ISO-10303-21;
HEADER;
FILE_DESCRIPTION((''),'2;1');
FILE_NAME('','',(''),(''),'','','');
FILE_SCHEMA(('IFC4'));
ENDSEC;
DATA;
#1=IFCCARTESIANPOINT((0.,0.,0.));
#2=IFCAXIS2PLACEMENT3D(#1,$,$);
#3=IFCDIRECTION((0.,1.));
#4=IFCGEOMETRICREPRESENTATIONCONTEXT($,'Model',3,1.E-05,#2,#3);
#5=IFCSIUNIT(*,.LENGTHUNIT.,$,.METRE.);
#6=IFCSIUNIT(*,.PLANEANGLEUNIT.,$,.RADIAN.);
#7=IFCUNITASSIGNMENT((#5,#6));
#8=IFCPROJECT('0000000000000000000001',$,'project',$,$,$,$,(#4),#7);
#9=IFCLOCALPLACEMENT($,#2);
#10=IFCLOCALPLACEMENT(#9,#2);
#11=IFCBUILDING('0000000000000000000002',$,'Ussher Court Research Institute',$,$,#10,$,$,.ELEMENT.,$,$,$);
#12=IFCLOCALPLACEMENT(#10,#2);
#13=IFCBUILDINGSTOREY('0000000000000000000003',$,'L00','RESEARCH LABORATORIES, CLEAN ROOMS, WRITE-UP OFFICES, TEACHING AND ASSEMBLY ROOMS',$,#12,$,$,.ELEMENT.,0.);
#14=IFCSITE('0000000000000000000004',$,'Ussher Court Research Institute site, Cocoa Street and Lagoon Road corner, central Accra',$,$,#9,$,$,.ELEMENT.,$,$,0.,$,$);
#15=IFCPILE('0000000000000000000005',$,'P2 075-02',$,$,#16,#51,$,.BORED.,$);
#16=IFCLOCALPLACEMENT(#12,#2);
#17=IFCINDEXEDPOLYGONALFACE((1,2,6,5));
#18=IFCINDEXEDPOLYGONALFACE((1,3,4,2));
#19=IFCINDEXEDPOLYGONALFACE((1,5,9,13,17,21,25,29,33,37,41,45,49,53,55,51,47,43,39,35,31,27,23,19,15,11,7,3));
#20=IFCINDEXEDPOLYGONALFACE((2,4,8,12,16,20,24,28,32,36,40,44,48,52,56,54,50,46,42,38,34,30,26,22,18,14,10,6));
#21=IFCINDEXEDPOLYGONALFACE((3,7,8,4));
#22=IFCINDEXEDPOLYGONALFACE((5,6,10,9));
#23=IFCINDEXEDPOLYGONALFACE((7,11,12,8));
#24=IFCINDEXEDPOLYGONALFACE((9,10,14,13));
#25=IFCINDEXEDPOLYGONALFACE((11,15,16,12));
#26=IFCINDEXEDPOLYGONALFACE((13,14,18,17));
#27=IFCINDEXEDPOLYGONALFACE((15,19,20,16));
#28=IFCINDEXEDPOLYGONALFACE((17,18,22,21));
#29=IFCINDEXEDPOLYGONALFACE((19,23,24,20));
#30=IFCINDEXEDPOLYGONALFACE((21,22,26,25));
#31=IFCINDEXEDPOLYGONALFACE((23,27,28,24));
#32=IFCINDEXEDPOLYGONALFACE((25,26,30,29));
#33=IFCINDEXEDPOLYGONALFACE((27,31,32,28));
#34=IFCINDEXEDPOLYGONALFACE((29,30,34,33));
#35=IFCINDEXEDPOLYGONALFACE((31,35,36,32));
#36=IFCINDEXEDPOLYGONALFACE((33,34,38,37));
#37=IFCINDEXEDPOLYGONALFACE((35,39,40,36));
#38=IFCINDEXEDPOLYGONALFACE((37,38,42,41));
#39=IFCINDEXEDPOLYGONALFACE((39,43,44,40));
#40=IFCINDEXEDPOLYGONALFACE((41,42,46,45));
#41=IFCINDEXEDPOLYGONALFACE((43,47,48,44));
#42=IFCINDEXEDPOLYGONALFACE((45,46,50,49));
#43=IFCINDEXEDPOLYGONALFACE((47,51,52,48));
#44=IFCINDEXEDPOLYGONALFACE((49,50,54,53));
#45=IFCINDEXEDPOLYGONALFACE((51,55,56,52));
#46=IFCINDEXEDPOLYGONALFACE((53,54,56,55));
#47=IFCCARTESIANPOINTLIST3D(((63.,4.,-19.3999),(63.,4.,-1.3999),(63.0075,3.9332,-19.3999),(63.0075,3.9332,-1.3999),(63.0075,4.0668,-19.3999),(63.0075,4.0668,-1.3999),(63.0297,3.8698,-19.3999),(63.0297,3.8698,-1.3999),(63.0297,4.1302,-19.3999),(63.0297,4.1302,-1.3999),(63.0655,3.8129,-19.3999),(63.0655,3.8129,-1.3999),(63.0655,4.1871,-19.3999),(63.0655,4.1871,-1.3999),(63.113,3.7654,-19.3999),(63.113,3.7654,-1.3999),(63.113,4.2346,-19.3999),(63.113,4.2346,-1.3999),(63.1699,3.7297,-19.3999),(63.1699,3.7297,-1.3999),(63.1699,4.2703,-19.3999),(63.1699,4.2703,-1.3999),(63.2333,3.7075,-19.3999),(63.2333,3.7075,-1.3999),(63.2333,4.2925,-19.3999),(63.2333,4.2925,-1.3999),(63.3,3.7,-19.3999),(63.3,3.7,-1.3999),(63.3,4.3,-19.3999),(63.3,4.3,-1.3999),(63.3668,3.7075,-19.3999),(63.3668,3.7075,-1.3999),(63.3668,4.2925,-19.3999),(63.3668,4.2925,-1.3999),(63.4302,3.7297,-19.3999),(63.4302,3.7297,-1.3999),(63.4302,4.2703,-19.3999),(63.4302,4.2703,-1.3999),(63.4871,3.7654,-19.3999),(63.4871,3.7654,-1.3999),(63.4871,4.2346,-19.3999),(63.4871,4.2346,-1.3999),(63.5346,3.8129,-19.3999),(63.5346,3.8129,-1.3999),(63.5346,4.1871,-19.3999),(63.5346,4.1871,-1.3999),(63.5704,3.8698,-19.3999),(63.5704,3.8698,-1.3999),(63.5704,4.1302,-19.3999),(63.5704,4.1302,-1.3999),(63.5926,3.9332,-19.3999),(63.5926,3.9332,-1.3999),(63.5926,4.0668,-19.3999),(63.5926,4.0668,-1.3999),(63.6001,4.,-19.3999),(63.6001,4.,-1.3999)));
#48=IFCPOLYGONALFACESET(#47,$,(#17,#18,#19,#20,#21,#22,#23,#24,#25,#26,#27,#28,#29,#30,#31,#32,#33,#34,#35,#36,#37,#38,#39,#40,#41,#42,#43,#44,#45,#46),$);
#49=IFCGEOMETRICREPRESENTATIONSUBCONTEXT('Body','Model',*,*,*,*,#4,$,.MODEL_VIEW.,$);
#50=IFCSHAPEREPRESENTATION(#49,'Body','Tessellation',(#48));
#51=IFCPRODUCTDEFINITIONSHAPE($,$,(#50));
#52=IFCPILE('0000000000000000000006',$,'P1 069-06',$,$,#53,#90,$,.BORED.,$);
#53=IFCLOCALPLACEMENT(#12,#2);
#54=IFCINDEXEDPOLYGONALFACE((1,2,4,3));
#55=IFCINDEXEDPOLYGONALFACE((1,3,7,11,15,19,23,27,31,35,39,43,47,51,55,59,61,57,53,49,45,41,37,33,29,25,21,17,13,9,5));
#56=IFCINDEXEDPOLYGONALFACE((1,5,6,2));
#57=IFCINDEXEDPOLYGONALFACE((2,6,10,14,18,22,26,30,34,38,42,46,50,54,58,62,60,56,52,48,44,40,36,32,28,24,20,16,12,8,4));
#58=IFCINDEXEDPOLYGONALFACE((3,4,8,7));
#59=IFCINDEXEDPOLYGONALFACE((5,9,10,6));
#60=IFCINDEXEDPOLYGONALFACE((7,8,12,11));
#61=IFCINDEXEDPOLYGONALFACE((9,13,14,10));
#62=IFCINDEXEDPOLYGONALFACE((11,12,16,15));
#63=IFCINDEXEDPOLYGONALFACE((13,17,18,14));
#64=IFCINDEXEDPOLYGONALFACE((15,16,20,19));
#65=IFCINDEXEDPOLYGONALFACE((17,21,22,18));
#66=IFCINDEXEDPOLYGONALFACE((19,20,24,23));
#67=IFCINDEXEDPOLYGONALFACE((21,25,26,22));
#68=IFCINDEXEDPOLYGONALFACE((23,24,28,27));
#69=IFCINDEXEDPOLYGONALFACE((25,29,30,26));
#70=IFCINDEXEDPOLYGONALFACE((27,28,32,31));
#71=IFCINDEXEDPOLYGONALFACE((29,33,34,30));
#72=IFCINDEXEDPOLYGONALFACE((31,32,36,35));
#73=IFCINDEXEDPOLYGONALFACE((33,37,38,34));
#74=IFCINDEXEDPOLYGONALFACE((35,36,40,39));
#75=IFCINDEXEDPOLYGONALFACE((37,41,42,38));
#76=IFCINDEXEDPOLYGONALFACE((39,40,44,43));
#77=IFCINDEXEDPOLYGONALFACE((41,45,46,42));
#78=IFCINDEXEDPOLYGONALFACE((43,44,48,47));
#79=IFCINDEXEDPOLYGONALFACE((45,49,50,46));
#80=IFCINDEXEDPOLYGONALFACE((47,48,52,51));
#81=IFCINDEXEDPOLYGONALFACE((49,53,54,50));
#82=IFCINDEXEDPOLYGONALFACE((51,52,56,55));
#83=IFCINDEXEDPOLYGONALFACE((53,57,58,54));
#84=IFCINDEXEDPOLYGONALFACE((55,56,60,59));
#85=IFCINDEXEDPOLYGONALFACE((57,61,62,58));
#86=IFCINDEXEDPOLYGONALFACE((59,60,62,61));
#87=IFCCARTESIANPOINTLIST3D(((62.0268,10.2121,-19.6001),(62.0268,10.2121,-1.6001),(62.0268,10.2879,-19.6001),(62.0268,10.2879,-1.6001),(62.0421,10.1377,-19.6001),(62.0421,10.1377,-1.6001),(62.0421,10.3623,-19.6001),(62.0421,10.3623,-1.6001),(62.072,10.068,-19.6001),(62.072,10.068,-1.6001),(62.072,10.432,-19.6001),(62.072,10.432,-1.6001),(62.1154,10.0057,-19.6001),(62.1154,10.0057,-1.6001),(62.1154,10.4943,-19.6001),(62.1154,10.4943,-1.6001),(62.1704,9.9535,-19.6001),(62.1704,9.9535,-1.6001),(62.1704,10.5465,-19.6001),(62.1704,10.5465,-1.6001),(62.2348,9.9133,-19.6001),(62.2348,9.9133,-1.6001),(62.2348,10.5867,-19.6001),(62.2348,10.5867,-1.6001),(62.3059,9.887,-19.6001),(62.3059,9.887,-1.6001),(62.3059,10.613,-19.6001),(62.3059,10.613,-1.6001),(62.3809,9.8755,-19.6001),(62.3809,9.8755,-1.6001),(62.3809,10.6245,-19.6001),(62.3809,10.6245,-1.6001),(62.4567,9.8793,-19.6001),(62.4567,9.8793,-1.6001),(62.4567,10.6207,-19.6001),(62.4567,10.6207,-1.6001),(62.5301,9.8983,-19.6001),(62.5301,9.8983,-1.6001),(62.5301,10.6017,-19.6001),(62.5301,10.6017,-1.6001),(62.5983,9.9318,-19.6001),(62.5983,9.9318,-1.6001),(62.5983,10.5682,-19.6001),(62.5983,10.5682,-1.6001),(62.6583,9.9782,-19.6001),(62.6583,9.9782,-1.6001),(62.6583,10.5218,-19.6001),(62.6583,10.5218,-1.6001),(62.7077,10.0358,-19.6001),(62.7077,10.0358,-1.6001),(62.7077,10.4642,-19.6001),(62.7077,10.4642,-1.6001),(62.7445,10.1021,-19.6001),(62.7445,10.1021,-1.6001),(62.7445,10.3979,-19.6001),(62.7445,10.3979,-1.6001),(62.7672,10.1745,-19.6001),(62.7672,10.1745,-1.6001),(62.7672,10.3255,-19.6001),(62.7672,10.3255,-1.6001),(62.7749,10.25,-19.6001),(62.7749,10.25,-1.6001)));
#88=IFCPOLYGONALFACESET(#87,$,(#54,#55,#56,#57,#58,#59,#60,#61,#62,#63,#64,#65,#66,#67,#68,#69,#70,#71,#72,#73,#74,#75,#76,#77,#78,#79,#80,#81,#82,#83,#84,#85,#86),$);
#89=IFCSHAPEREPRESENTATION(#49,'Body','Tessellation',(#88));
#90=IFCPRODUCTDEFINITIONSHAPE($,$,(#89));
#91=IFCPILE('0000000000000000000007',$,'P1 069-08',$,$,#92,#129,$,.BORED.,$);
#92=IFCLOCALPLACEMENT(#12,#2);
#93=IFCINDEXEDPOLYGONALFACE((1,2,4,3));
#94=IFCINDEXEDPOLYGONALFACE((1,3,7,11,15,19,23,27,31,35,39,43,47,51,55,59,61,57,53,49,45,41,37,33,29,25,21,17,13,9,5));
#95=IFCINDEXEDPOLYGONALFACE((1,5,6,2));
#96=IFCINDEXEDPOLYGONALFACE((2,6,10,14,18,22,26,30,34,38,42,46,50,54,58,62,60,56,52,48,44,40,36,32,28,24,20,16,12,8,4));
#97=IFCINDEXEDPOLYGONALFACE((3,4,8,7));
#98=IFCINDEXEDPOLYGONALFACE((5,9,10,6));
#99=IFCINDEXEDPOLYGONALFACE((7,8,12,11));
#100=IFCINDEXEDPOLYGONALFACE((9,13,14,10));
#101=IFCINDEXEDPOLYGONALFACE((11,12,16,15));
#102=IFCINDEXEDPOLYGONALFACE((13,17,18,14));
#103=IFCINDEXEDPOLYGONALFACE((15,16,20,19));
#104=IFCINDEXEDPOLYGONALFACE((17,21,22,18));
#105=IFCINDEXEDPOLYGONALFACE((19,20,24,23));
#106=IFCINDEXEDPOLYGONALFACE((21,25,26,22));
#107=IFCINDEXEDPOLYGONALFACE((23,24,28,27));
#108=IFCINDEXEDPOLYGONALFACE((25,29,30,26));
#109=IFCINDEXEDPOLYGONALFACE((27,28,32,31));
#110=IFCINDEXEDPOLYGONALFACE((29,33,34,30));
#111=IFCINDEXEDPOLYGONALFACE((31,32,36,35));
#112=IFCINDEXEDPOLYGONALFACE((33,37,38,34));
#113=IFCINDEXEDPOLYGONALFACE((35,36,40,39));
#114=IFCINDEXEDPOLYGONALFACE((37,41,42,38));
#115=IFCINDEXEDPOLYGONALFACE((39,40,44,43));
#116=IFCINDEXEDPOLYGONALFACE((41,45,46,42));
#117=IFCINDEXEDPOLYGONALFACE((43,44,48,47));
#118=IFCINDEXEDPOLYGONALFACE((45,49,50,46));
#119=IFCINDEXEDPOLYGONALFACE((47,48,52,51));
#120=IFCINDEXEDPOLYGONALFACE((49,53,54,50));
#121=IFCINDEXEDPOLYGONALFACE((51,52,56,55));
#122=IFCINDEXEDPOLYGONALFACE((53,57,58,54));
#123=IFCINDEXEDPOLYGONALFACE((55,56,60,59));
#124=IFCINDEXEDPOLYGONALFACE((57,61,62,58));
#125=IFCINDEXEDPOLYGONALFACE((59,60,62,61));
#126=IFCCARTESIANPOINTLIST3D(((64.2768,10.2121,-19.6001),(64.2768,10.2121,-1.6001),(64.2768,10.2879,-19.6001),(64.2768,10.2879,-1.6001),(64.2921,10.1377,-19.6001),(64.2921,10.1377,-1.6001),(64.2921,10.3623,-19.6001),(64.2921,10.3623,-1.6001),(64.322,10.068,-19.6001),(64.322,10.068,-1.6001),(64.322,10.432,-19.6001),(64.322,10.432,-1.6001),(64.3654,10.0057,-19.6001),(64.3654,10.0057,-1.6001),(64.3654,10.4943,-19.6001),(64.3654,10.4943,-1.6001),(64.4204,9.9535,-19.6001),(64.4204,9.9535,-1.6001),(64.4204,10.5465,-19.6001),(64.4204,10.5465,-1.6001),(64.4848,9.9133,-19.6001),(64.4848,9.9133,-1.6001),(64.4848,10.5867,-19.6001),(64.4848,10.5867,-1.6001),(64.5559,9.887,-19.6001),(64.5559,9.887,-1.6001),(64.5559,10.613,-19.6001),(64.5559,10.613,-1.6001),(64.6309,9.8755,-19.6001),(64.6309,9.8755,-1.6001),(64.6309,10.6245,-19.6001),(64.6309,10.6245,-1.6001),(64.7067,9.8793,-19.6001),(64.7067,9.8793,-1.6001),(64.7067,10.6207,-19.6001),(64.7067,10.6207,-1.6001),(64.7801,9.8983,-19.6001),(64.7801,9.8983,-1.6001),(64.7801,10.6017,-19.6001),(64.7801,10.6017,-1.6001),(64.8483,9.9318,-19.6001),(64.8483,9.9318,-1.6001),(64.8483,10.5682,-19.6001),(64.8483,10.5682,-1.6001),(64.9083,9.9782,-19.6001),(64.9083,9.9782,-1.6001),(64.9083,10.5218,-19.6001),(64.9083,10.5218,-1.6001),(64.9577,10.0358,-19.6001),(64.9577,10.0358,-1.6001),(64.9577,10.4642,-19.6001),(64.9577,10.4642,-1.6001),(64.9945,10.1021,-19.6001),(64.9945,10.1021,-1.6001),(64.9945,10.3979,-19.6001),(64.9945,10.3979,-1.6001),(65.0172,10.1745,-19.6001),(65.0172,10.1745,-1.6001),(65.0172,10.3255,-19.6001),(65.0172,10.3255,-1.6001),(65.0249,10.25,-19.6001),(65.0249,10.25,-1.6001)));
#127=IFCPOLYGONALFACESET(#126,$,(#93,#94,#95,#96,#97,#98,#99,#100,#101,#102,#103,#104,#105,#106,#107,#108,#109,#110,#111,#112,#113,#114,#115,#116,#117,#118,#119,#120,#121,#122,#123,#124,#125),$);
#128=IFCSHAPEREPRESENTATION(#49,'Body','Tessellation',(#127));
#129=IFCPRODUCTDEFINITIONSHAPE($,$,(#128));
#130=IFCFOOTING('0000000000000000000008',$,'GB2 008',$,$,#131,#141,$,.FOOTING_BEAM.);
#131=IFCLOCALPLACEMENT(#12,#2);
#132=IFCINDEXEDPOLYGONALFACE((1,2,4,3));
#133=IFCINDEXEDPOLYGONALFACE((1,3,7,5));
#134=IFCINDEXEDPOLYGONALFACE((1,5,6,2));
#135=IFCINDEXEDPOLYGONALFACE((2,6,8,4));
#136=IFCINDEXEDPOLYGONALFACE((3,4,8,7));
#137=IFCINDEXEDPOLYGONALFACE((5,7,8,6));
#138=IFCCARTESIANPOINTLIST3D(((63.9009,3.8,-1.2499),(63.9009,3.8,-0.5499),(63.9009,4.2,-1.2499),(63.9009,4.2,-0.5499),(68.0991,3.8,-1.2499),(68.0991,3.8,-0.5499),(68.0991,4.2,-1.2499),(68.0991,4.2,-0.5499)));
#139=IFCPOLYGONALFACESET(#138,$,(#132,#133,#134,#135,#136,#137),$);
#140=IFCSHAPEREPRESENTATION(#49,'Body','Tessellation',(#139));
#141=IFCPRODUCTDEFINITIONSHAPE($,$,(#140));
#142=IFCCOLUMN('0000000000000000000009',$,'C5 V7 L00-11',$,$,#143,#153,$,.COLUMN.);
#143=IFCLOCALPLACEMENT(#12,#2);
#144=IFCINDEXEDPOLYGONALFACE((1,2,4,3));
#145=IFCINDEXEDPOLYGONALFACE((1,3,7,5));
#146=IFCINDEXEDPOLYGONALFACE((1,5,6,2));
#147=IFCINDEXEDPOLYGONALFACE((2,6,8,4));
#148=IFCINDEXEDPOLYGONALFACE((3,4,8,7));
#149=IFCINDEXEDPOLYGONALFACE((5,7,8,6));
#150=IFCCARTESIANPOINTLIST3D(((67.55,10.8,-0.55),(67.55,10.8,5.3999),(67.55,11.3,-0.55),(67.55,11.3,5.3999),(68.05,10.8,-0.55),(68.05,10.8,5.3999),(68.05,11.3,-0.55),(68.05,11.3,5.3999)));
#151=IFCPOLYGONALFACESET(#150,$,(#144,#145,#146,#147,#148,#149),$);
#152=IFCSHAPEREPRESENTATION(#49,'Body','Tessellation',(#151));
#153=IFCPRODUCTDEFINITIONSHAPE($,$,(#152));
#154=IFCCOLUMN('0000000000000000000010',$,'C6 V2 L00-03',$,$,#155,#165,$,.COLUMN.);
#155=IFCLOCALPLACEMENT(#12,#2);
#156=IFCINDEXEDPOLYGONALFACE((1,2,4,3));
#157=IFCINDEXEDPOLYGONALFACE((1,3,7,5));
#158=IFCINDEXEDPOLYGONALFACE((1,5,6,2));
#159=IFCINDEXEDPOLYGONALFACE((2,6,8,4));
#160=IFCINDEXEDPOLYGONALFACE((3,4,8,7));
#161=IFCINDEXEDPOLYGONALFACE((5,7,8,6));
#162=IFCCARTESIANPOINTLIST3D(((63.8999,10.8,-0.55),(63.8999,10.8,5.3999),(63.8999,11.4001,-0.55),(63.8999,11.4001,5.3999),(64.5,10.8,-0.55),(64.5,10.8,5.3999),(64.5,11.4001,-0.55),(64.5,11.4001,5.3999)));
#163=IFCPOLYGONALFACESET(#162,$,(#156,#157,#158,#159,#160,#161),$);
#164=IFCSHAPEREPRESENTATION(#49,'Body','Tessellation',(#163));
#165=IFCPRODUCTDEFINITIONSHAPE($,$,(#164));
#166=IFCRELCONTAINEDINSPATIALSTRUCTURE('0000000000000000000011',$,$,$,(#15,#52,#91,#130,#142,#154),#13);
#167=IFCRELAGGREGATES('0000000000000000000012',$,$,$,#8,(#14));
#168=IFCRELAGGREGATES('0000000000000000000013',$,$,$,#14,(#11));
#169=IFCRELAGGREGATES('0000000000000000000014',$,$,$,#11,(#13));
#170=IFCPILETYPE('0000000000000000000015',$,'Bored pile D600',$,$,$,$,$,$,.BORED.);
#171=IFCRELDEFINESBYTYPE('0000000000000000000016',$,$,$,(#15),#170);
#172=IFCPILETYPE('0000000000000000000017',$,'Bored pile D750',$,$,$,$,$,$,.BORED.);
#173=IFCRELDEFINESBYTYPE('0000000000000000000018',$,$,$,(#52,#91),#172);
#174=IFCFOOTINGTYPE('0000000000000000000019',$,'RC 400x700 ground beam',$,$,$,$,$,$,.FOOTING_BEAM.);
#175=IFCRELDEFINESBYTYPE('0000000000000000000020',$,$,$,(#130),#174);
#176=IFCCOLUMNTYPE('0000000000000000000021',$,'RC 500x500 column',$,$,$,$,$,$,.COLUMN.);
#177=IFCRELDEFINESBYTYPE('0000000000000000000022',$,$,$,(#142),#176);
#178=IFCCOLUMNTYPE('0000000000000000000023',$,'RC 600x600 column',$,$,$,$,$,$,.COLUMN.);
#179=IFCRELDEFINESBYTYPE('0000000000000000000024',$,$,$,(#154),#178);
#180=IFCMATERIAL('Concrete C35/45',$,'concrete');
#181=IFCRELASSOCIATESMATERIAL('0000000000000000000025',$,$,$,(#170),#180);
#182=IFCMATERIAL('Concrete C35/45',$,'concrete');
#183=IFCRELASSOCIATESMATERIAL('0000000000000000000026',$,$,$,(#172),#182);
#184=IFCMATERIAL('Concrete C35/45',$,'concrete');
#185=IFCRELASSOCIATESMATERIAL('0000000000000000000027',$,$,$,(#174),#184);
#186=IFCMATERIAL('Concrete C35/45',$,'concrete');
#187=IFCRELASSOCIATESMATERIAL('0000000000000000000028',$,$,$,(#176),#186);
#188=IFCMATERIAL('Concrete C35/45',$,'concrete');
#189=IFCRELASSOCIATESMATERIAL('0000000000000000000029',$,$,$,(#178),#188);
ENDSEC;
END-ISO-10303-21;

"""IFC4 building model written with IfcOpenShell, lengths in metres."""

from ifc_helpers import new_model, si_unit, direction, frame, origin, origin_2d, place, context, subcontext, project, spatial, rectangle, circle, extrude, material, material_profile, profile_set, type_object, element, save


model = new_model("IFC4")

# Units and contexts
model_context = context("Model", 3, precision=1e-05, world=origin(), true_north=direction((0.0, 1.0)))
body_context = subcontext(model_context, "Body", "Model", "MODEL_VIEW")
ifc_project = project(units=[si_unit("LENGTHUNIT", "METRE"), si_unit("PLANEANGLEUNIT", "RADIAN")], contexts=[model_context])

# Site, building, storey
site_placement = place(None, origin())
site = spatial("IfcSite", under=ifc_project, at=site_placement, Name="Ussher Court Research Institute site, Cocoa Street and Lagoon Road corner, central Accra", CompositionType="ELEMENT", RefElevation=0.0)
building_placement = place(site_placement, origin())
building = spatial("IfcBuilding", under=site, at=building_placement, Name="Ussher Court Research Institute", CompositionType="ELEMENT")
storey_placement = place(building_placement, origin())
storey = spatial("IfcBuildingStorey", under=building, at=storey_placement, Name="L00", Description="RESEARCH LABORATORIES, CLEAN ROOMS, WRITE-UP OFFICES, TEACHING AND ASSEMBLY ROOMS", CompositionType="ELEMENT", Elevation=0.0)

# Piles
ifc_material_1 = material(Name="Concrete C35/45", Category="concrete")
ifc_material_profile_1 = material_profile(ifc_material_1, circle(Radius=0.3, at=origin_2d()), Name="RC D600")
ifc_profile_set_1 = profile_set([ifc_material_profile_1], Name="Concrete C35/45")
pile_type_1 = type_object("IfcPileType", Name="Bored pile D600", PredefinedType="BORED", material=ifc_profile_set_1)
pile_placement = place(storey_placement, frame((63.3, 4.0, -1.3999), z_axis=(0.0, 0.0, -1.0), x_axis=(1.0, 0.0, 0.0)))
element("IfcPile", 1, at=pile_placement, inside=storey, type_object=pile_type_1, Name="P2 075-02", PredefinedType="BORED", context=body_context, shape_type="SweptSolid", body=[
    extrude(circle(Radius=0.3, at=origin_2d()), origin(), (0.0, 0.0, 1.0), 18.0),
])
ifc_material_2 = material(Name="Concrete C35/45", Category="concrete")
ifc_material_profile_2 = material_profile(ifc_material_2, circle(Radius=0.375, at=origin_2d()), Name="RC D750")
ifc_profile_set_2 = profile_set([ifc_material_profile_2], Name="Concrete C35/45")
pile_type_2 = type_object("IfcPileType", Name="Bored pile D750", PredefinedType="BORED", material=ifc_profile_set_2)
for number, where, z_axis, x_axis, name in (
    (2, (62.3999, 10.25, -1.6001), (0.0, 0.0, -1.0), (1.0, 0.0, 0.0), "P1 069-06"),
    (3, (64.6499, 10.25, -1.6001), (0.0, 0.0, -1.0), (1.0, 0.0, 0.0), "P1 069-08"),
):
    element("IfcPile", number, at=place(storey_placement, frame(where, z_axis=z_axis, x_axis=x_axis)), inside=storey, type_object=pile_type_2, Name=name, PredefinedType="BORED", context=body_context, shape_type="SweptSolid", body=[
        extrude(circle(Radius=0.375, at=origin_2d()), origin(), (0.0, 0.0, 1.0), 18.0),
    ])

# Footing
ifc_material_3 = material(Name="Concrete C35/45", Category="concrete")
ifc_material_profile_3 = material_profile(ifc_material_3, rectangle(XDim=0.3999, YDim=0.7, at=origin_2d()), Name="RC 400x700")
ifc_profile_set_3 = profile_set([ifc_material_profile_3], Name="Concrete C35/45")
footing_type = type_object("IfcFootingType", Name="RC 400x700 ground beam", PredefinedType="FOOTING_BEAM", material=ifc_profile_set_3)
footing_placement = place(storey_placement, frame((63.9009, 4.0, -0.8999), z_axis=(1.0, 0.0, 0.0), x_axis=(0.0, 1.0, 0.0)))
element("IfcFooting", 4, at=footing_placement, inside=storey, type_object=footing_type, Name="GB2 008", PredefinedType="FOOTING_BEAM", context=body_context, shape_type="SweptSolid", body=[
    extrude(rectangle(XDim=0.3999, YDim=0.7, at=origin_2d()), origin(), (0.0, 0.0, 1.0), 4.1982),
])

# Columns
ifc_material_4 = material(Name="Concrete C35/45", Category="concrete")
ifc_material_profile_4 = material_profile(ifc_material_4, rectangle(XDim=0.5, YDim=0.5, at=origin_2d()), Name="RC 500x500")
ifc_profile_set_4 = profile_set([ifc_material_profile_4], Name="Concrete C35/45")
column_type_1 = type_object("IfcColumnType", Name="RC 500x500 column", PredefinedType="COLUMN", material=ifc_profile_set_4)
column_1_placement = place(storey_placement, frame((67.8, 11.05, -0.55), z_axis=(0.0, 0.0, 1.0), x_axis=(1.0, 0.0, 0.0)))
element("IfcColumn", 5, at=column_1_placement, inside=storey, type_object=column_type_1, Name="C5 V7 L00-11", PredefinedType="COLUMN", context=body_context, shape_type="SweptSolid", body=[
    extrude(rectangle(XDim=0.5, YDim=0.5, at=origin_2d()), origin(), (0.0, 0.0, 1.0), 5.95),
])
ifc_material_5 = material(Name="Concrete C35/45", Category="concrete")
ifc_material_profile_5 = material_profile(ifc_material_5, rectangle(XDim=0.6001, YDim=0.6001, at=origin_2d()), Name="RC 600x600")
ifc_profile_set_5 = profile_set([ifc_material_profile_5], Name="Concrete C35/45")
column_type_2 = type_object("IfcColumnType", Name="RC 600x600 column", PredefinedType="COLUMN", material=ifc_profile_set_5)
column_2_placement = place(storey_placement, frame((64.2, 11.1001, -0.55), z_axis=(0.0, 0.0, 1.0), x_axis=(1.0, 0.0, 0.0)))
element("IfcColumn", 6, at=column_2_placement, inside=storey, type_object=column_type_2, Name="C6 V2 L00-03", PredefinedType="COLUMN", context=body_context, shape_type="SweptSolid", body=[
    extrude(rectangle(XDim=0.6001, YDim=0.6001, at=origin_2d()), origin(), (0.0, 0.0, 1.0), 5.95),
])

save(model, "model.ifc")
